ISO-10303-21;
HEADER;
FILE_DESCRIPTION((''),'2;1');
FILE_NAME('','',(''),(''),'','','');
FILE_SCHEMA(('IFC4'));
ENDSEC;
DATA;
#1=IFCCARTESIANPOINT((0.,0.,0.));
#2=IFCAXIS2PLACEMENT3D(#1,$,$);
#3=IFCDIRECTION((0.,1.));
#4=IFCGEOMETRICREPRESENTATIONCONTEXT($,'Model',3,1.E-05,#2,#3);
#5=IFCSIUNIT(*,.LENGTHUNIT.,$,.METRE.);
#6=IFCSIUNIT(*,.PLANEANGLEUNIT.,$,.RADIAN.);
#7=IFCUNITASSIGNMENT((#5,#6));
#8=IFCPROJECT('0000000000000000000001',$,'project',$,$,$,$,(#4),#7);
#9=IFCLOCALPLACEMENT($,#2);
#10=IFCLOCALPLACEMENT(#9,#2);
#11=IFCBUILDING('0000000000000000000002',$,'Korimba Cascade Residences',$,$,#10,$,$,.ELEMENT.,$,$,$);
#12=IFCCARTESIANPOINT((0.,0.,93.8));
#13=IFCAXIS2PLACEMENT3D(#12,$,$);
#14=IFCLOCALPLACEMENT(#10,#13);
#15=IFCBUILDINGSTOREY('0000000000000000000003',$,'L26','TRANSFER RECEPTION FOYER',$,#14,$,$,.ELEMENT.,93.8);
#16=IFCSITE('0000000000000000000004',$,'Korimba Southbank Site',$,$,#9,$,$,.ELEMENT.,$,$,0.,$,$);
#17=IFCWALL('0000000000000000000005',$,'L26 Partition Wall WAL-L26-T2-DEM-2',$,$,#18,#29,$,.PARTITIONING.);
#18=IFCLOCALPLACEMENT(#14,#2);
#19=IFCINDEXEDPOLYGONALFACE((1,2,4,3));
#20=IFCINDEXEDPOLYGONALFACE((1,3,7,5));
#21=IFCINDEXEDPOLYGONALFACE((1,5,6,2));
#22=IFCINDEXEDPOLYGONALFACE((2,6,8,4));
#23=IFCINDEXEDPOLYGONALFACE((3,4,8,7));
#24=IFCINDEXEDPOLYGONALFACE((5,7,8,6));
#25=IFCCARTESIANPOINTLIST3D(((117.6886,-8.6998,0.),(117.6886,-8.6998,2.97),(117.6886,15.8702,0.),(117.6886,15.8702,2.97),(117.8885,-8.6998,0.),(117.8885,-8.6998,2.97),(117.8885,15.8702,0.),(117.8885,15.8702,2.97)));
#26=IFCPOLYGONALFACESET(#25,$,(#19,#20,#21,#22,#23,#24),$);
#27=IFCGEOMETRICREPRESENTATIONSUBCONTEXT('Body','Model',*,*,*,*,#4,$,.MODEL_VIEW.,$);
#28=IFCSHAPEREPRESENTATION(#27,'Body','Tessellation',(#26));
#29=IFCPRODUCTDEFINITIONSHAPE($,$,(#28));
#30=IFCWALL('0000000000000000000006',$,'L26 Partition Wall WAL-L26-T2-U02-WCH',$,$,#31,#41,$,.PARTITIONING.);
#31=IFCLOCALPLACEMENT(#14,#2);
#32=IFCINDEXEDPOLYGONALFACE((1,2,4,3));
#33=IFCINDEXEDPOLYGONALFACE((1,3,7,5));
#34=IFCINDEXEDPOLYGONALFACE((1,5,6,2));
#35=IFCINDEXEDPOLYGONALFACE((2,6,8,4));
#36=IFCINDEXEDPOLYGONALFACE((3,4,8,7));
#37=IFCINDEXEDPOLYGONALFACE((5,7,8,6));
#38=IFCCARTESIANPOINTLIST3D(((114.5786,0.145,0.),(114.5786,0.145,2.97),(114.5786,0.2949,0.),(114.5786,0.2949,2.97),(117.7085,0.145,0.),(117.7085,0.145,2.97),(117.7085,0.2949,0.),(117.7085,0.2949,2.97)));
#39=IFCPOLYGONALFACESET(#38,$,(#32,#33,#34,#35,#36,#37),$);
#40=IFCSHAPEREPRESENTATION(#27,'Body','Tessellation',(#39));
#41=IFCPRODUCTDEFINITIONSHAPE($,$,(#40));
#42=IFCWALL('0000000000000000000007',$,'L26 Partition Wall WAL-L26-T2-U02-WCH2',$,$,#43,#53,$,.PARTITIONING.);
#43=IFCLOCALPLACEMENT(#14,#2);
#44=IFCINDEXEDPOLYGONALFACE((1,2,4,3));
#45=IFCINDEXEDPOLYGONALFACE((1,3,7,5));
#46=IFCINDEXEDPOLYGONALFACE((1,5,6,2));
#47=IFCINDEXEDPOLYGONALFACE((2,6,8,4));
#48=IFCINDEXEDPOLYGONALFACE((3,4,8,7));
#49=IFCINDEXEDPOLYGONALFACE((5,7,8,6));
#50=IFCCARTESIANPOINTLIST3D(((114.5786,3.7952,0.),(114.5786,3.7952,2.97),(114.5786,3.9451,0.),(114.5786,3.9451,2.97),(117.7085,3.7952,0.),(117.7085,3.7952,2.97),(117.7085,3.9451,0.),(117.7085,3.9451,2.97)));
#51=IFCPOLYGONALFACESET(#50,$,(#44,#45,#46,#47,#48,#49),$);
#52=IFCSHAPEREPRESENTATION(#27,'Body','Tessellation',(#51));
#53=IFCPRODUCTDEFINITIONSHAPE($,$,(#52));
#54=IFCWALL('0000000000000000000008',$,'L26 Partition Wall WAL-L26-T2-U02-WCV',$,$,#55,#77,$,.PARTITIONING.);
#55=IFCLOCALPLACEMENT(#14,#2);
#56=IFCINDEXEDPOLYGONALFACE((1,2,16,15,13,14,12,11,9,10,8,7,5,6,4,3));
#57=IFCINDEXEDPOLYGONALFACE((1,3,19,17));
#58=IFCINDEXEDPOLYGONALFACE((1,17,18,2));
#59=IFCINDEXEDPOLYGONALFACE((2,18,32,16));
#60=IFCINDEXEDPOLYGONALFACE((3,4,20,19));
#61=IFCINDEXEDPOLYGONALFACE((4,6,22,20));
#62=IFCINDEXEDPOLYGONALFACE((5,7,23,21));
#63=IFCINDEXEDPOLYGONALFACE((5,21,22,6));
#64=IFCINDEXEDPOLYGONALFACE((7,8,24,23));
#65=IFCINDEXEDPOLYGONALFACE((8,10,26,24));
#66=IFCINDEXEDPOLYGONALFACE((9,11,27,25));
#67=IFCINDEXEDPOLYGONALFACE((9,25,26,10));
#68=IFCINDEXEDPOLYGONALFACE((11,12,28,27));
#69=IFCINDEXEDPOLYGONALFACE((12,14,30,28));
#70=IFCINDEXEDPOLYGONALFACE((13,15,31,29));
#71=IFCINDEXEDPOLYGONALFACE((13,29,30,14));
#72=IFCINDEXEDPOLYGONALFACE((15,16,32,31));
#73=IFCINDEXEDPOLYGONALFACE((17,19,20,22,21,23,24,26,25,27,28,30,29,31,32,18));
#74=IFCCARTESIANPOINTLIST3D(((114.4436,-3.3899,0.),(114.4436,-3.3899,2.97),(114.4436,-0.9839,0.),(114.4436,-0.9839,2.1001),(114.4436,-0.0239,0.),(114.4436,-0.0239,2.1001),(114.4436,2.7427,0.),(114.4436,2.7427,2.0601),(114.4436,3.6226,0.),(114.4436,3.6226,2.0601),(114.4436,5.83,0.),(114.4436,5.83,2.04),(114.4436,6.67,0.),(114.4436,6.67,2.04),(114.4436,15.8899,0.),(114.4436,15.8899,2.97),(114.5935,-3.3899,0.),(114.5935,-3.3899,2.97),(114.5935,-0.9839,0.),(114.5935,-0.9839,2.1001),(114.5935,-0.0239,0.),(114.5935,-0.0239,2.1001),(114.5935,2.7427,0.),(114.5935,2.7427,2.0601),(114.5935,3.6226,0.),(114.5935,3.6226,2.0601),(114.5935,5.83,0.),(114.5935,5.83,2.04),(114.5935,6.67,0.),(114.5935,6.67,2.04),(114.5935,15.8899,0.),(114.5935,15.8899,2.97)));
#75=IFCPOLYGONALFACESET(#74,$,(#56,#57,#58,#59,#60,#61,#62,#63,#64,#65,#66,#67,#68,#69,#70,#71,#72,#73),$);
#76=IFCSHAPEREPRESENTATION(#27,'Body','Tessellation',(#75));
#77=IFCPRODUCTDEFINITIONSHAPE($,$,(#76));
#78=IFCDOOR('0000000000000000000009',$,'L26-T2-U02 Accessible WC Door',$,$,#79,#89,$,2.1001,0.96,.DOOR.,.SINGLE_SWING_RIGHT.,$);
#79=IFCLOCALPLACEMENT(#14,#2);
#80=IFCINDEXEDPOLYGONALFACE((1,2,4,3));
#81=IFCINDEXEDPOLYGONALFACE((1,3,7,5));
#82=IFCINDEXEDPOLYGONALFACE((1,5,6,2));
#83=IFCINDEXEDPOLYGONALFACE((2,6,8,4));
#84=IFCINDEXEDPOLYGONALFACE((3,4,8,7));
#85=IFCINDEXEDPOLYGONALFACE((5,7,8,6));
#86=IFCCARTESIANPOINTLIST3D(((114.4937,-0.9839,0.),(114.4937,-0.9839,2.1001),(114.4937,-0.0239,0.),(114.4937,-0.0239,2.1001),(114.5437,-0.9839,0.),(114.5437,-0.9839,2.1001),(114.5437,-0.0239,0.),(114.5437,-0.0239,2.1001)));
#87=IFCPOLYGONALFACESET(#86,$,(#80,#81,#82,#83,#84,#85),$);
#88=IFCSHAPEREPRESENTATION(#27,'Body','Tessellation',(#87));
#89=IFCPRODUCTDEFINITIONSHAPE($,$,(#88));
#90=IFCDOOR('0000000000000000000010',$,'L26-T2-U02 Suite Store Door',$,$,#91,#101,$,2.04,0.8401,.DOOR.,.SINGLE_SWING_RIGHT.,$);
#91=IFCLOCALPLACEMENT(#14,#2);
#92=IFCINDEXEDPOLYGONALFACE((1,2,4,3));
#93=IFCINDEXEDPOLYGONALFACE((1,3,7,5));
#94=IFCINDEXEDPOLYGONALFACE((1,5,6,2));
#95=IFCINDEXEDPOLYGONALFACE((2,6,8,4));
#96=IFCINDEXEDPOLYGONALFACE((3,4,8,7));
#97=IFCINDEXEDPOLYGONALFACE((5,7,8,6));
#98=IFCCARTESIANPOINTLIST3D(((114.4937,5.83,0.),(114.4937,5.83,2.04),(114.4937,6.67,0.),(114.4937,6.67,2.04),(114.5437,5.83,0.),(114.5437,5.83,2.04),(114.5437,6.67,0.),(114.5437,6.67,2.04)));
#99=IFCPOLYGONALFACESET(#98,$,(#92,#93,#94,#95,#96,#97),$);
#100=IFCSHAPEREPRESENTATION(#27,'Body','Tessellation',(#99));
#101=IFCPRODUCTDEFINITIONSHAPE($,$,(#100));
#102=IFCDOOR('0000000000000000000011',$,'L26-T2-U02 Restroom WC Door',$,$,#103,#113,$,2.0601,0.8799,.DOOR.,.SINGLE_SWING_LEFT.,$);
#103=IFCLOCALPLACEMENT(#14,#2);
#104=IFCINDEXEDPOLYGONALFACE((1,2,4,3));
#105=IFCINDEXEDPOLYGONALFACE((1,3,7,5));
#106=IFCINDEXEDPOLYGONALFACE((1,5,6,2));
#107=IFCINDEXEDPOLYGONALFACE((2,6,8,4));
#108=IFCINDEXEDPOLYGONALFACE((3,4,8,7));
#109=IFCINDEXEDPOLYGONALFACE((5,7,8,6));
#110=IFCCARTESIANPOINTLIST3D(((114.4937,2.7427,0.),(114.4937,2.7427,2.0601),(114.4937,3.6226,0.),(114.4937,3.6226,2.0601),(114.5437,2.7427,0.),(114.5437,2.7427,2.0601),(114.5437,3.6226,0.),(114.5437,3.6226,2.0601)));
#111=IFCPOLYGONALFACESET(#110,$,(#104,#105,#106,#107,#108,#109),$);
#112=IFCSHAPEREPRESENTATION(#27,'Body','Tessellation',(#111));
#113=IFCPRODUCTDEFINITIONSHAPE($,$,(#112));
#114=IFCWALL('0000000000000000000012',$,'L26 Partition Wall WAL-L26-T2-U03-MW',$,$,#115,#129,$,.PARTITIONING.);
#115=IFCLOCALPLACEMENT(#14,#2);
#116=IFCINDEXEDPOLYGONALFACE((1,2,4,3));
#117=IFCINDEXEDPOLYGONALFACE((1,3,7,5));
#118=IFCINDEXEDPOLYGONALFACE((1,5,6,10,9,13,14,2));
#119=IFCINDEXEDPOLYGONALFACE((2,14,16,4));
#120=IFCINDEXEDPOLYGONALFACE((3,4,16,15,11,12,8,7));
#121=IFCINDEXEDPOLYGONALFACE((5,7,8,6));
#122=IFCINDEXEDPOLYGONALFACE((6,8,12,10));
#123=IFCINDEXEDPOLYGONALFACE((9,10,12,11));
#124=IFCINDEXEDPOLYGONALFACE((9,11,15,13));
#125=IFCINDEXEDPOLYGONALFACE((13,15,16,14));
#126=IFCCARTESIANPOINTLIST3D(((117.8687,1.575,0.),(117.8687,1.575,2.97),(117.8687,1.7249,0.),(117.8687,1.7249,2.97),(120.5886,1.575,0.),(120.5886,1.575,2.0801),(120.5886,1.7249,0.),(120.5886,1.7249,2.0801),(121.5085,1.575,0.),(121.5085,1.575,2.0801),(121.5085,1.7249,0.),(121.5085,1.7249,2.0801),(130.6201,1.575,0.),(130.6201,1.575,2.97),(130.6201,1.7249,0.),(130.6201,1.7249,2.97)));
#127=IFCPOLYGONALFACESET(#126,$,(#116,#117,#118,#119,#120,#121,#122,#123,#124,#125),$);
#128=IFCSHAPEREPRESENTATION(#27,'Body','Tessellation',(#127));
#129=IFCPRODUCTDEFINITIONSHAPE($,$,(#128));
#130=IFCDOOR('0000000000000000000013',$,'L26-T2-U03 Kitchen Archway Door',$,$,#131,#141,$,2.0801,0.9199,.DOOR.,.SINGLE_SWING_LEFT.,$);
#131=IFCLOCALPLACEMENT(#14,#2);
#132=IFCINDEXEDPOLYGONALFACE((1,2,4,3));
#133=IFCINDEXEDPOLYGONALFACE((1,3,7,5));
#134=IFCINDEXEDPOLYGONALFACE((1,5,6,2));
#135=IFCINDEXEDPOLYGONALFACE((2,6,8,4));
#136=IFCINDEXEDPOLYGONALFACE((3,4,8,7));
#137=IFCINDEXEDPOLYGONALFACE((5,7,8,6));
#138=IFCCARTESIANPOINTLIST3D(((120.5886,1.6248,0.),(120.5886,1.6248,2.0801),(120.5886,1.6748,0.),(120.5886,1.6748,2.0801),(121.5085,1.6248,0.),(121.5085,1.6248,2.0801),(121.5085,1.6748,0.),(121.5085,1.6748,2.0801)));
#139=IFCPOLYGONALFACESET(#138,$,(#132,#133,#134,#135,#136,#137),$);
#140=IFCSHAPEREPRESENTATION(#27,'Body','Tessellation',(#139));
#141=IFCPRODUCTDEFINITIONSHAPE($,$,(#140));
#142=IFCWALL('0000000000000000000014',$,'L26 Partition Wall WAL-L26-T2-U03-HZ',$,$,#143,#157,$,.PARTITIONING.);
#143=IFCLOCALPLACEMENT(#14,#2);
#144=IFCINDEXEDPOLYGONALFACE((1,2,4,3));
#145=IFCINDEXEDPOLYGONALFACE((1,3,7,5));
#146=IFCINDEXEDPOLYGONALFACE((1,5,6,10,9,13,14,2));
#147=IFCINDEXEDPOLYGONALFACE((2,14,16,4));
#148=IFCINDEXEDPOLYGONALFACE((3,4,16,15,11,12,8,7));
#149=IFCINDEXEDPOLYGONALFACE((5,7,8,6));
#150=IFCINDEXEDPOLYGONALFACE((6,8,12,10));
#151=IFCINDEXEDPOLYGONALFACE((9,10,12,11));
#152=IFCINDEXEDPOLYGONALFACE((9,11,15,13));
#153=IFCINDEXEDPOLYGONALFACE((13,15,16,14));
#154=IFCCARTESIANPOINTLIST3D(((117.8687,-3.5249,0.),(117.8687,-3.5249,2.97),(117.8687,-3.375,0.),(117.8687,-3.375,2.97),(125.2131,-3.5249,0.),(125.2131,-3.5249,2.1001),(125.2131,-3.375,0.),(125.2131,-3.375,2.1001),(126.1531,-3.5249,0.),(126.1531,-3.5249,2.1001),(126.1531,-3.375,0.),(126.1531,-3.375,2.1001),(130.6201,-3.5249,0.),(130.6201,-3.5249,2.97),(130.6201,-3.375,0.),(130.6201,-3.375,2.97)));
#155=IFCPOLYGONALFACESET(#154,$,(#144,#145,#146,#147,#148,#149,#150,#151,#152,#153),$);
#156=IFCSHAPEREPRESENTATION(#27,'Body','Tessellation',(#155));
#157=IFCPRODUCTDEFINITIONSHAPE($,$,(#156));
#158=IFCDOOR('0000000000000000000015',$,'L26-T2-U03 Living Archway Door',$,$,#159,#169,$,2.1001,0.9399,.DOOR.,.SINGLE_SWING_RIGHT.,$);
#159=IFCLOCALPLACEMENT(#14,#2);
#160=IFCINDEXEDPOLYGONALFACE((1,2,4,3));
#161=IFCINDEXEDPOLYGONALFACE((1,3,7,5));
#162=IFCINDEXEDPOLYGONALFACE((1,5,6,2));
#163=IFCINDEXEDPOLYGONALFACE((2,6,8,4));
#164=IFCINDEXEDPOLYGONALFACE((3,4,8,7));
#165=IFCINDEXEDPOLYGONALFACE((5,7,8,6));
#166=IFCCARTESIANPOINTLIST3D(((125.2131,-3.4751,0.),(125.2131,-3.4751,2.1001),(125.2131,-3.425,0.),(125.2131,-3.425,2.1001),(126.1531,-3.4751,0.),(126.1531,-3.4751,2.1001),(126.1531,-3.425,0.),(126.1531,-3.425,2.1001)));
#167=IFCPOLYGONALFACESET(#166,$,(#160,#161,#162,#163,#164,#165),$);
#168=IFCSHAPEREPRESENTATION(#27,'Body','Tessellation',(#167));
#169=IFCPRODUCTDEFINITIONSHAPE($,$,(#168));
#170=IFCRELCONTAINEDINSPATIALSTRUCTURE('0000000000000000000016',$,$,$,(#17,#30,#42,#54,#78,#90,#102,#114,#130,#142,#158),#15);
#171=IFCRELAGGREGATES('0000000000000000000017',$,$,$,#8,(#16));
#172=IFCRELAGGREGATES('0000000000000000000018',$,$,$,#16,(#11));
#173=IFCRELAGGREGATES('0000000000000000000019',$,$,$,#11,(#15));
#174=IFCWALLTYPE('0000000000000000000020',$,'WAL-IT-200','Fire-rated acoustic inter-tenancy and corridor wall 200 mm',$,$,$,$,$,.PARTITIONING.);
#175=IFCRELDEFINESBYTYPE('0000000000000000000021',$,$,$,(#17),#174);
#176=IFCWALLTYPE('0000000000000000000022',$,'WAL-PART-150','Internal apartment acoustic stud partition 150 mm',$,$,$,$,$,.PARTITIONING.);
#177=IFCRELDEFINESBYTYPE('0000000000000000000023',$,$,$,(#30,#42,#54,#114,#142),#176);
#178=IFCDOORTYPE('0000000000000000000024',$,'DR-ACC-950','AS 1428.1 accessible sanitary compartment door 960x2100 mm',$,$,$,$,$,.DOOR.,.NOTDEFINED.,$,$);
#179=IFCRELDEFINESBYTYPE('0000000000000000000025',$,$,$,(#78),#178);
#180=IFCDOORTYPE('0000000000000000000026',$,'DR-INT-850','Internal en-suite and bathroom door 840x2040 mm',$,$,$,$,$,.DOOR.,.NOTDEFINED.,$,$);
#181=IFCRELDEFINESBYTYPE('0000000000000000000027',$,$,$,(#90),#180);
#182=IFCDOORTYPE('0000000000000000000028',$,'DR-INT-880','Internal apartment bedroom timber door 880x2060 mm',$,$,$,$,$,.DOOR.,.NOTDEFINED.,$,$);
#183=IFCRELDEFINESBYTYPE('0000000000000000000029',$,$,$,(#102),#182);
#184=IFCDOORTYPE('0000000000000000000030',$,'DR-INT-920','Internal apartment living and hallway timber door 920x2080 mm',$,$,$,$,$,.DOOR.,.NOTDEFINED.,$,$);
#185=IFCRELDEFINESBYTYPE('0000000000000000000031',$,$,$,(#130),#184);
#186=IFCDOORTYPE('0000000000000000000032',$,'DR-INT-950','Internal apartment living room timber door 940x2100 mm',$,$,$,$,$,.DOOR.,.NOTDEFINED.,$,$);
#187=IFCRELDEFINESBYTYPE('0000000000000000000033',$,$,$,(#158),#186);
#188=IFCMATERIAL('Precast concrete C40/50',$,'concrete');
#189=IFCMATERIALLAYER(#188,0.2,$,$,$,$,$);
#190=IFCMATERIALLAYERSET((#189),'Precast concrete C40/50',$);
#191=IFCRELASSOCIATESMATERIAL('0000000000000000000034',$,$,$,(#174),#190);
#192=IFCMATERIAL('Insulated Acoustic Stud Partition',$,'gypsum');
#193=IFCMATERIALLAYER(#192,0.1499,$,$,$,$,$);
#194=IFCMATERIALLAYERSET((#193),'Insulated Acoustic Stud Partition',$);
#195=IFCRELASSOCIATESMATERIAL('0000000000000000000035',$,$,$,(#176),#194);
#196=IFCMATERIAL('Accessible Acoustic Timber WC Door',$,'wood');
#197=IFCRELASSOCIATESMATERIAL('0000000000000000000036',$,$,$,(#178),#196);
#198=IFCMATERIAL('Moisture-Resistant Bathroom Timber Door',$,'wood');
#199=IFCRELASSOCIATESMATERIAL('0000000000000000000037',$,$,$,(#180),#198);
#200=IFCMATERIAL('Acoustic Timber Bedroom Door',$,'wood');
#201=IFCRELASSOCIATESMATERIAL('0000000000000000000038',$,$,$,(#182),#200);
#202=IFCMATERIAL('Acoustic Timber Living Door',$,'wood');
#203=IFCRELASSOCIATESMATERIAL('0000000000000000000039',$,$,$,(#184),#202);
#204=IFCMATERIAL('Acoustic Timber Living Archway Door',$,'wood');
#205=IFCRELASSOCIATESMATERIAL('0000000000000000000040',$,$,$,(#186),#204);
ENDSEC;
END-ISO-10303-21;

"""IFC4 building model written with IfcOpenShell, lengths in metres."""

from ifc_helpers import new_model, si_unit, direction, frame, frame_2d, origin, place, context, subcontext, project, spatial, rectangle, extrude, material, layer, layer_set, type_object, element, fill, save


model = new_model("IFC4")

# Units and contexts
model_context = context("Model", 3, precision=1e-05, world=origin(), true_north=direction((0.0, 1.0)))
body_context = subcontext(model_context, "Body", "Model", "MODEL_VIEW")
ifc_project = project(units=[si_unit("LENGTHUNIT", "METRE"), si_unit("PLANEANGLEUNIT", "RADIAN")], contexts=[model_context])

# Site, building, storey
site_placement = place(None, origin())
site = spatial("IfcSite", under=ifc_project, at=site_placement, Name="Korimba Southbank Site", CompositionType="ELEMENT", RefElevation=0.0)
building_placement = place(site_placement, origin())
building = spatial("IfcBuilding", under=site, at=building_placement, Name="Korimba Cascade Residences", CompositionType="ELEMENT")
storey_placement = place(building_placement, frame((0.0, 0.0, 93.8)))
storey = spatial("IfcBuildingStorey", under=building, at=storey_placement, Name="L26", Description="TRANSFER RECEPTION FOYER", CompositionType="ELEMENT", Elevation=93.8)

# Walls
ifc_material_1 = material(Name="Precast concrete C40/50", Category="concrete")
ifc_layer_1 = layer(ifc_material_1, 0.2)
ifc_layer_set_1 = layer_set([ifc_layer_1], Name="Precast concrete C40/50")
wall_type_1 = type_object("IfcWallType", Name="WAL-IT-200", Description="Fire-rated acoustic inter-tenancy and corridor wall 200 mm", PredefinedType="PARTITIONING", material=ifc_layer_set_1)
wall_1_placement = place(storey_placement, frame((117.7886, -8.7, 0.0), z_axis=(0.0, 0.0, 1.0), x_axis=(0.0, 1.0, 0.0)))
element("IfcWall", 1, at=wall_1_placement, inside=storey, type_object=wall_type_1, Name="L26 Partition Wall WAL-L26-T2-DEM-2", PredefinedType="PARTITIONING", context=body_context, shape_type="SweptSolid", body=[
    extrude(rectangle(XDim=24.5701, YDim=0.2, at=frame_2d((12.2852, 0.0))), origin(), (0.0, 0.0, 1.0), 2.97),
])
ifc_material_2 = material(Name="Insulated Acoustic Stud Partition", Category="gypsum")
ifc_layer_2 = layer(ifc_material_2, 0.1499)
ifc_layer_set_2 = layer_set([ifc_layer_2], Name="Insulated Acoustic Stud Partition")
wall_type_2 = type_object("IfcWallType", Name="WAL-PART-150", Description="Internal apartment acoustic stud partition 150 mm", PredefinedType="PARTITIONING", material=ifc_layer_set_2)
for number, where, z_axis, x_axis, name in (
    (2, (114.5786, 0.22, 0.0), (0.0, 0.0, 1.0), (1.0, 0.0, 0.0), "L26 Partition Wall WAL-L26-T2-U02-WCH"),
    (3, (114.5786, 3.8701, 0.0), (0.0, 0.0, 1.0), (1.0, 0.0, 0.0), "L26 Partition Wall WAL-L26-T2-U02-WCH2"),
):
    element("IfcWall", number, at=place(storey_placement, frame(where, z_axis=z_axis, x_axis=x_axis)), inside=storey, type_object=wall_type_2, Name=name, PredefinedType="PARTITIONING", context=body_context, shape_type="SweptSolid", body=[
        extrude(rectangle(XDim=3.1299, YDim=0.1499, at=frame_2d((1.5649, 0.0))), origin(), (0.0, 0.0, 1.0), 2.97),
    ])

# Wall, openings, doors
wall_2_placement = place(storey_placement, frame((114.5186, -3.3899, 0.0), z_axis=(0.0, 0.0, 1.0), x_axis=(0.0, 1.0, 0.0)))
wall_2 = element("IfcWall", 4, at=wall_2_placement, inside=storey, type_object=wall_type_2, Name="L26 Partition Wall WAL-L26-T2-U02-WCV", PredefinedType="PARTITIONING", context=body_context, shape_type="SweptSolid", body=[
    extrude(rectangle(XDim=19.2798, YDim=0.1499, at=frame_2d((9.6399, 0.0))), origin(), (0.0, 0.0, 1.0), 2.97),
])
opening_1_placement = place(wall_2_placement, frame((2.406, 0.0, 0.0)))
opening_1 = element("IfcOpeningElement", 5, at=opening_1_placement, cuts=wall_2, PredefinedType="OPENING", context=body_context, shape_type="SweptSolid", body=[
    extrude(rectangle(XDim=0.96, YDim=2.1001, at=frame_2d((0.48, 1.05))), frame((0.0, 0.085, 0.0), z_axis=(0.0, -1.0, 0.0), x_axis=(1.0, 0.0, 0.0)), (0.0, 0.0, 1.0), 0.1699),
])
opening_2_placement = place(wall_2_placement, frame((6.1326, 0.0, 0.0)))
opening_2 = element("IfcOpeningElement", 6, at=opening_2_placement, cuts=wall_2, PredefinedType="OPENING", context=body_context, shape_type="SweptSolid", body=[
    extrude(rectangle(XDim=0.8799, YDim=2.0601, at=frame_2d((0.4399, 1.03))), frame((0.0, 0.085, 0.0), z_axis=(0.0, -1.0, 0.0), x_axis=(1.0, 0.0, 0.0)), (0.0, 0.0, 1.0), 0.1699),
])
opening_3_placement = place(wall_2_placement, frame((9.22, 0.0, 0.0)))
opening_3 = element("IfcOpeningElement", 7, at=opening_3_placement, cuts=wall_2, PredefinedType="OPENING", context=body_context, shape_type="SweptSolid", body=[
    extrude(rectangle(XDim=0.8401, YDim=2.04, at=frame_2d((0.4199, 1.02))), frame((0.0, 0.085, 0.0), z_axis=(0.0, -1.0, 0.0), x_axis=(1.0, 0.0, 0.0)), (0.0, 0.0, 1.0), 0.1699),
])
ifc_material_3 = material(Name="Accessible Acoustic Timber WC Door", Category="wood")
door_type_1 = type_object("IfcDoorType", Name="DR-ACC-950", Description="AS 1428.1 accessible sanitary compartment door 960x2100 mm", OperationType="NOTDEFINED", PredefinedType="DOOR", material=ifc_material_3)
door_1_placement = place(opening_1_placement, origin())
door_1 = element("IfcDoor", 8, at=door_1_placement, inside=storey, type_object=door_type_1, Name="L26-T2-U02 Accessible WC Door", OperationType="SINGLE_SWING_RIGHT", OverallHeight=2.1001, OverallWidth=0.96, PredefinedType="DOOR", context=body_context, shape_type="SweptSolid", body=[
    extrude(rectangle(XDim=0.96, YDim=2.1001, at=frame_2d((0.48, 1.05))), frame((0.0, 0.0249, 0.0), z_axis=(0.0, -1.0, 0.0), x_axis=(1.0, 0.0, 0.0)), (0.0, 0.0, 1.0), 0.05),
])
fill(opening_1, door_1)
ifc_material_4 = material(Name="Moisture-Resistant Bathroom Timber Door", Category="wood")
door_type_2 = type_object("IfcDoorType", Name="DR-INT-850", Description="Internal en-suite and bathroom door 840x2040 mm", OperationType="NOTDEFINED", PredefinedType="DOOR", material=ifc_material_4)
door_2_placement = place(opening_3_placement, origin())
door_2 = element("IfcDoor", 9, at=door_2_placement, inside=storey, type_object=door_type_2, Name="L26-T2-U02 Suite Store Door", OperationType="SINGLE_SWING_RIGHT", OverallHeight=2.04, OverallWidth=0.8401, PredefinedType="DOOR", context=body_context, shape_type="SweptSolid", body=[
    extrude(rectangle(XDim=0.8401, YDim=2.04, at=frame_2d((0.4199, 1.02))), frame((0.0, 0.0249, 0.0), z_axis=(0.0, -1.0, 0.0), x_axis=(1.0, 0.0, 0.0)), (0.0, 0.0, 1.0), 0.05),
])
fill(opening_3, door_2)
ifc_material_5 = material(Name="Acoustic Timber Bedroom Door", Category="wood")
door_type_3 = type_object("IfcDoorType", Name="DR-INT-880", Description="Internal apartment bedroom timber door 880x2060 mm", OperationType="NOTDEFINED", PredefinedType="DOOR", material=ifc_material_5)
door_3_placement = place(opening_2_placement, origin())
door_3 = element("IfcDoor", 10, at=door_3_placement, inside=storey, type_object=door_type_3, Name="L26-T2-U02 Restroom WC Door", OperationType="SINGLE_SWING_LEFT", OverallHeight=2.0601, OverallWidth=0.8799, PredefinedType="DOOR", context=body_context, shape_type="SweptSolid", body=[
    extrude(rectangle(XDim=0.8799, YDim=2.0601, at=frame_2d((0.4399, 1.03))), frame((0.0, 0.0249, 0.0), z_axis=(0.0, -1.0, 0.0), x_axis=(1.0, 0.0, 0.0)), (0.0, 0.0, 1.0), 0.05),
])
fill(opening_2, door_3)

# Walls, openings, doors
wall_3_placement = place(storey_placement, frame((117.8687, 1.6499, 0.0), z_axis=(0.0, 0.0, 1.0), x_axis=(1.0, 0.0, 0.0)))
wall_3 = element("IfcWall", 11, at=wall_3_placement, inside=storey, type_object=wall_type_2, Name="L26 Partition Wall WAL-L26-T2-U03-MW", PredefinedType="PARTITIONING", context=body_context, shape_type="SweptSolid", body=[
    extrude(rectangle(XDim=12.7515, YDim=0.1499, at=frame_2d((6.3757, 0.0))), origin(), (0.0, 0.0, 1.0), 2.97),
])
opening_4_placement = place(wall_3_placement, frame((2.72, 0.0, 0.0)))
opening_4 = element("IfcOpeningElement", 12, at=opening_4_placement, cuts=wall_3, PredefinedType="OPENING", context=body_context, shape_type="SweptSolid", body=[
    extrude(rectangle(XDim=0.9199, YDim=2.0801, at=frame_2d((0.46, 1.04))), frame((0.0, 0.085, 0.0), z_axis=(0.0, -1.0, 0.0), x_axis=(1.0, 0.0, 0.0)), (0.0, 0.0, 1.0), 0.1699),
])
ifc_material_6 = material(Name="Acoustic Timber Living Door", Category="wood")
door_type_4 = type_object("IfcDoorType", Name="DR-INT-920", Description="Internal apartment living and hallway timber door 920x2080 mm", OperationType="NOTDEFINED", PredefinedType="DOOR", material=ifc_material_6)
door_4_placement = place(opening_4_placement, origin())
door_4 = element("IfcDoor", 13, at=door_4_placement, inside=storey, type_object=door_type_4, Name="L26-T2-U03 Kitchen Archway Door", OperationType="SINGLE_SWING_LEFT", OverallHeight=2.0801, OverallWidth=0.9199, PredefinedType="DOOR", context=body_context, shape_type="SweptSolid", body=[
    extrude(rectangle(XDim=0.9199, YDim=2.0801, at=frame_2d((0.46, 1.04))), frame((0.0, 0.0249, 0.0), z_axis=(0.0, -1.0, 0.0), x_axis=(1.0, 0.0, 0.0)), (0.0, 0.0, 1.0), 0.05),
])
fill(opening_4, door_4)
wall_4_placement = place(storey_placement, frame((117.8687, -3.45, 0.0), z_axis=(0.0, 0.0, 1.0), x_axis=(1.0, 0.0, 0.0)))
wall_4 = element("IfcWall", 14, at=wall_4_placement, inside=storey, type_object=wall_type_2, Name="L26 Partition Wall WAL-L26-T2-U03-HZ", PredefinedType="PARTITIONING", context=body_context, shape_type="SweptSolid", body=[
    extrude(rectangle(XDim=12.7515, YDim=0.1499, at=frame_2d((6.3757, 0.0))), origin(), (0.0, 0.0, 1.0), 2.97),
])
opening_5_placement = place(wall_4_placement, frame((7.3445, 0.0, 0.0)))
opening_5 = element("IfcOpeningElement", 15, at=opening_5_placement, cuts=wall_4, PredefinedType="OPENING", context=body_context, shape_type="SweptSolid", body=[
    extrude(rectangle(XDim=0.9399, YDim=2.1001, at=frame_2d((0.47, 1.05))), frame((0.0, 0.085, 0.0), z_axis=(0.0, -1.0, 0.0), x_axis=(1.0, 0.0, 0.0)), (0.0, 0.0, 1.0), 0.1699),
])
ifc_material_7 = material(Name="Acoustic Timber Living Archway Door", Category="wood")
door_type_5 = type_object("IfcDoorType", Name="DR-INT-950", Description="Internal apartment living room timber door 940x2100 mm", OperationType="NOTDEFINED", PredefinedType="DOOR", material=ifc_material_7)
door_5_placement = place(opening_5_placement, origin())
door_5 = element("IfcDoor", 16, at=door_5_placement, inside=storey, type_object=door_type_5, Name="L26-T2-U03 Living Archway Door", OperationType="SINGLE_SWING_RIGHT", OverallHeight=2.1001, OverallWidth=0.9399, PredefinedType="DOOR", context=body_context, shape_type="SweptSolid", body=[
    extrude(rectangle(XDim=0.9399, YDim=2.1001, at=frame_2d((0.47, 1.05))), frame((0.0, 0.0249, 0.0), z_axis=(0.0, -1.0, 0.0), x_axis=(1.0, 0.0, 0.0)), (0.0, 0.0, 1.0), 0.05),
])
fill(opening_5, door_5)

save(model, "model.ifc")
